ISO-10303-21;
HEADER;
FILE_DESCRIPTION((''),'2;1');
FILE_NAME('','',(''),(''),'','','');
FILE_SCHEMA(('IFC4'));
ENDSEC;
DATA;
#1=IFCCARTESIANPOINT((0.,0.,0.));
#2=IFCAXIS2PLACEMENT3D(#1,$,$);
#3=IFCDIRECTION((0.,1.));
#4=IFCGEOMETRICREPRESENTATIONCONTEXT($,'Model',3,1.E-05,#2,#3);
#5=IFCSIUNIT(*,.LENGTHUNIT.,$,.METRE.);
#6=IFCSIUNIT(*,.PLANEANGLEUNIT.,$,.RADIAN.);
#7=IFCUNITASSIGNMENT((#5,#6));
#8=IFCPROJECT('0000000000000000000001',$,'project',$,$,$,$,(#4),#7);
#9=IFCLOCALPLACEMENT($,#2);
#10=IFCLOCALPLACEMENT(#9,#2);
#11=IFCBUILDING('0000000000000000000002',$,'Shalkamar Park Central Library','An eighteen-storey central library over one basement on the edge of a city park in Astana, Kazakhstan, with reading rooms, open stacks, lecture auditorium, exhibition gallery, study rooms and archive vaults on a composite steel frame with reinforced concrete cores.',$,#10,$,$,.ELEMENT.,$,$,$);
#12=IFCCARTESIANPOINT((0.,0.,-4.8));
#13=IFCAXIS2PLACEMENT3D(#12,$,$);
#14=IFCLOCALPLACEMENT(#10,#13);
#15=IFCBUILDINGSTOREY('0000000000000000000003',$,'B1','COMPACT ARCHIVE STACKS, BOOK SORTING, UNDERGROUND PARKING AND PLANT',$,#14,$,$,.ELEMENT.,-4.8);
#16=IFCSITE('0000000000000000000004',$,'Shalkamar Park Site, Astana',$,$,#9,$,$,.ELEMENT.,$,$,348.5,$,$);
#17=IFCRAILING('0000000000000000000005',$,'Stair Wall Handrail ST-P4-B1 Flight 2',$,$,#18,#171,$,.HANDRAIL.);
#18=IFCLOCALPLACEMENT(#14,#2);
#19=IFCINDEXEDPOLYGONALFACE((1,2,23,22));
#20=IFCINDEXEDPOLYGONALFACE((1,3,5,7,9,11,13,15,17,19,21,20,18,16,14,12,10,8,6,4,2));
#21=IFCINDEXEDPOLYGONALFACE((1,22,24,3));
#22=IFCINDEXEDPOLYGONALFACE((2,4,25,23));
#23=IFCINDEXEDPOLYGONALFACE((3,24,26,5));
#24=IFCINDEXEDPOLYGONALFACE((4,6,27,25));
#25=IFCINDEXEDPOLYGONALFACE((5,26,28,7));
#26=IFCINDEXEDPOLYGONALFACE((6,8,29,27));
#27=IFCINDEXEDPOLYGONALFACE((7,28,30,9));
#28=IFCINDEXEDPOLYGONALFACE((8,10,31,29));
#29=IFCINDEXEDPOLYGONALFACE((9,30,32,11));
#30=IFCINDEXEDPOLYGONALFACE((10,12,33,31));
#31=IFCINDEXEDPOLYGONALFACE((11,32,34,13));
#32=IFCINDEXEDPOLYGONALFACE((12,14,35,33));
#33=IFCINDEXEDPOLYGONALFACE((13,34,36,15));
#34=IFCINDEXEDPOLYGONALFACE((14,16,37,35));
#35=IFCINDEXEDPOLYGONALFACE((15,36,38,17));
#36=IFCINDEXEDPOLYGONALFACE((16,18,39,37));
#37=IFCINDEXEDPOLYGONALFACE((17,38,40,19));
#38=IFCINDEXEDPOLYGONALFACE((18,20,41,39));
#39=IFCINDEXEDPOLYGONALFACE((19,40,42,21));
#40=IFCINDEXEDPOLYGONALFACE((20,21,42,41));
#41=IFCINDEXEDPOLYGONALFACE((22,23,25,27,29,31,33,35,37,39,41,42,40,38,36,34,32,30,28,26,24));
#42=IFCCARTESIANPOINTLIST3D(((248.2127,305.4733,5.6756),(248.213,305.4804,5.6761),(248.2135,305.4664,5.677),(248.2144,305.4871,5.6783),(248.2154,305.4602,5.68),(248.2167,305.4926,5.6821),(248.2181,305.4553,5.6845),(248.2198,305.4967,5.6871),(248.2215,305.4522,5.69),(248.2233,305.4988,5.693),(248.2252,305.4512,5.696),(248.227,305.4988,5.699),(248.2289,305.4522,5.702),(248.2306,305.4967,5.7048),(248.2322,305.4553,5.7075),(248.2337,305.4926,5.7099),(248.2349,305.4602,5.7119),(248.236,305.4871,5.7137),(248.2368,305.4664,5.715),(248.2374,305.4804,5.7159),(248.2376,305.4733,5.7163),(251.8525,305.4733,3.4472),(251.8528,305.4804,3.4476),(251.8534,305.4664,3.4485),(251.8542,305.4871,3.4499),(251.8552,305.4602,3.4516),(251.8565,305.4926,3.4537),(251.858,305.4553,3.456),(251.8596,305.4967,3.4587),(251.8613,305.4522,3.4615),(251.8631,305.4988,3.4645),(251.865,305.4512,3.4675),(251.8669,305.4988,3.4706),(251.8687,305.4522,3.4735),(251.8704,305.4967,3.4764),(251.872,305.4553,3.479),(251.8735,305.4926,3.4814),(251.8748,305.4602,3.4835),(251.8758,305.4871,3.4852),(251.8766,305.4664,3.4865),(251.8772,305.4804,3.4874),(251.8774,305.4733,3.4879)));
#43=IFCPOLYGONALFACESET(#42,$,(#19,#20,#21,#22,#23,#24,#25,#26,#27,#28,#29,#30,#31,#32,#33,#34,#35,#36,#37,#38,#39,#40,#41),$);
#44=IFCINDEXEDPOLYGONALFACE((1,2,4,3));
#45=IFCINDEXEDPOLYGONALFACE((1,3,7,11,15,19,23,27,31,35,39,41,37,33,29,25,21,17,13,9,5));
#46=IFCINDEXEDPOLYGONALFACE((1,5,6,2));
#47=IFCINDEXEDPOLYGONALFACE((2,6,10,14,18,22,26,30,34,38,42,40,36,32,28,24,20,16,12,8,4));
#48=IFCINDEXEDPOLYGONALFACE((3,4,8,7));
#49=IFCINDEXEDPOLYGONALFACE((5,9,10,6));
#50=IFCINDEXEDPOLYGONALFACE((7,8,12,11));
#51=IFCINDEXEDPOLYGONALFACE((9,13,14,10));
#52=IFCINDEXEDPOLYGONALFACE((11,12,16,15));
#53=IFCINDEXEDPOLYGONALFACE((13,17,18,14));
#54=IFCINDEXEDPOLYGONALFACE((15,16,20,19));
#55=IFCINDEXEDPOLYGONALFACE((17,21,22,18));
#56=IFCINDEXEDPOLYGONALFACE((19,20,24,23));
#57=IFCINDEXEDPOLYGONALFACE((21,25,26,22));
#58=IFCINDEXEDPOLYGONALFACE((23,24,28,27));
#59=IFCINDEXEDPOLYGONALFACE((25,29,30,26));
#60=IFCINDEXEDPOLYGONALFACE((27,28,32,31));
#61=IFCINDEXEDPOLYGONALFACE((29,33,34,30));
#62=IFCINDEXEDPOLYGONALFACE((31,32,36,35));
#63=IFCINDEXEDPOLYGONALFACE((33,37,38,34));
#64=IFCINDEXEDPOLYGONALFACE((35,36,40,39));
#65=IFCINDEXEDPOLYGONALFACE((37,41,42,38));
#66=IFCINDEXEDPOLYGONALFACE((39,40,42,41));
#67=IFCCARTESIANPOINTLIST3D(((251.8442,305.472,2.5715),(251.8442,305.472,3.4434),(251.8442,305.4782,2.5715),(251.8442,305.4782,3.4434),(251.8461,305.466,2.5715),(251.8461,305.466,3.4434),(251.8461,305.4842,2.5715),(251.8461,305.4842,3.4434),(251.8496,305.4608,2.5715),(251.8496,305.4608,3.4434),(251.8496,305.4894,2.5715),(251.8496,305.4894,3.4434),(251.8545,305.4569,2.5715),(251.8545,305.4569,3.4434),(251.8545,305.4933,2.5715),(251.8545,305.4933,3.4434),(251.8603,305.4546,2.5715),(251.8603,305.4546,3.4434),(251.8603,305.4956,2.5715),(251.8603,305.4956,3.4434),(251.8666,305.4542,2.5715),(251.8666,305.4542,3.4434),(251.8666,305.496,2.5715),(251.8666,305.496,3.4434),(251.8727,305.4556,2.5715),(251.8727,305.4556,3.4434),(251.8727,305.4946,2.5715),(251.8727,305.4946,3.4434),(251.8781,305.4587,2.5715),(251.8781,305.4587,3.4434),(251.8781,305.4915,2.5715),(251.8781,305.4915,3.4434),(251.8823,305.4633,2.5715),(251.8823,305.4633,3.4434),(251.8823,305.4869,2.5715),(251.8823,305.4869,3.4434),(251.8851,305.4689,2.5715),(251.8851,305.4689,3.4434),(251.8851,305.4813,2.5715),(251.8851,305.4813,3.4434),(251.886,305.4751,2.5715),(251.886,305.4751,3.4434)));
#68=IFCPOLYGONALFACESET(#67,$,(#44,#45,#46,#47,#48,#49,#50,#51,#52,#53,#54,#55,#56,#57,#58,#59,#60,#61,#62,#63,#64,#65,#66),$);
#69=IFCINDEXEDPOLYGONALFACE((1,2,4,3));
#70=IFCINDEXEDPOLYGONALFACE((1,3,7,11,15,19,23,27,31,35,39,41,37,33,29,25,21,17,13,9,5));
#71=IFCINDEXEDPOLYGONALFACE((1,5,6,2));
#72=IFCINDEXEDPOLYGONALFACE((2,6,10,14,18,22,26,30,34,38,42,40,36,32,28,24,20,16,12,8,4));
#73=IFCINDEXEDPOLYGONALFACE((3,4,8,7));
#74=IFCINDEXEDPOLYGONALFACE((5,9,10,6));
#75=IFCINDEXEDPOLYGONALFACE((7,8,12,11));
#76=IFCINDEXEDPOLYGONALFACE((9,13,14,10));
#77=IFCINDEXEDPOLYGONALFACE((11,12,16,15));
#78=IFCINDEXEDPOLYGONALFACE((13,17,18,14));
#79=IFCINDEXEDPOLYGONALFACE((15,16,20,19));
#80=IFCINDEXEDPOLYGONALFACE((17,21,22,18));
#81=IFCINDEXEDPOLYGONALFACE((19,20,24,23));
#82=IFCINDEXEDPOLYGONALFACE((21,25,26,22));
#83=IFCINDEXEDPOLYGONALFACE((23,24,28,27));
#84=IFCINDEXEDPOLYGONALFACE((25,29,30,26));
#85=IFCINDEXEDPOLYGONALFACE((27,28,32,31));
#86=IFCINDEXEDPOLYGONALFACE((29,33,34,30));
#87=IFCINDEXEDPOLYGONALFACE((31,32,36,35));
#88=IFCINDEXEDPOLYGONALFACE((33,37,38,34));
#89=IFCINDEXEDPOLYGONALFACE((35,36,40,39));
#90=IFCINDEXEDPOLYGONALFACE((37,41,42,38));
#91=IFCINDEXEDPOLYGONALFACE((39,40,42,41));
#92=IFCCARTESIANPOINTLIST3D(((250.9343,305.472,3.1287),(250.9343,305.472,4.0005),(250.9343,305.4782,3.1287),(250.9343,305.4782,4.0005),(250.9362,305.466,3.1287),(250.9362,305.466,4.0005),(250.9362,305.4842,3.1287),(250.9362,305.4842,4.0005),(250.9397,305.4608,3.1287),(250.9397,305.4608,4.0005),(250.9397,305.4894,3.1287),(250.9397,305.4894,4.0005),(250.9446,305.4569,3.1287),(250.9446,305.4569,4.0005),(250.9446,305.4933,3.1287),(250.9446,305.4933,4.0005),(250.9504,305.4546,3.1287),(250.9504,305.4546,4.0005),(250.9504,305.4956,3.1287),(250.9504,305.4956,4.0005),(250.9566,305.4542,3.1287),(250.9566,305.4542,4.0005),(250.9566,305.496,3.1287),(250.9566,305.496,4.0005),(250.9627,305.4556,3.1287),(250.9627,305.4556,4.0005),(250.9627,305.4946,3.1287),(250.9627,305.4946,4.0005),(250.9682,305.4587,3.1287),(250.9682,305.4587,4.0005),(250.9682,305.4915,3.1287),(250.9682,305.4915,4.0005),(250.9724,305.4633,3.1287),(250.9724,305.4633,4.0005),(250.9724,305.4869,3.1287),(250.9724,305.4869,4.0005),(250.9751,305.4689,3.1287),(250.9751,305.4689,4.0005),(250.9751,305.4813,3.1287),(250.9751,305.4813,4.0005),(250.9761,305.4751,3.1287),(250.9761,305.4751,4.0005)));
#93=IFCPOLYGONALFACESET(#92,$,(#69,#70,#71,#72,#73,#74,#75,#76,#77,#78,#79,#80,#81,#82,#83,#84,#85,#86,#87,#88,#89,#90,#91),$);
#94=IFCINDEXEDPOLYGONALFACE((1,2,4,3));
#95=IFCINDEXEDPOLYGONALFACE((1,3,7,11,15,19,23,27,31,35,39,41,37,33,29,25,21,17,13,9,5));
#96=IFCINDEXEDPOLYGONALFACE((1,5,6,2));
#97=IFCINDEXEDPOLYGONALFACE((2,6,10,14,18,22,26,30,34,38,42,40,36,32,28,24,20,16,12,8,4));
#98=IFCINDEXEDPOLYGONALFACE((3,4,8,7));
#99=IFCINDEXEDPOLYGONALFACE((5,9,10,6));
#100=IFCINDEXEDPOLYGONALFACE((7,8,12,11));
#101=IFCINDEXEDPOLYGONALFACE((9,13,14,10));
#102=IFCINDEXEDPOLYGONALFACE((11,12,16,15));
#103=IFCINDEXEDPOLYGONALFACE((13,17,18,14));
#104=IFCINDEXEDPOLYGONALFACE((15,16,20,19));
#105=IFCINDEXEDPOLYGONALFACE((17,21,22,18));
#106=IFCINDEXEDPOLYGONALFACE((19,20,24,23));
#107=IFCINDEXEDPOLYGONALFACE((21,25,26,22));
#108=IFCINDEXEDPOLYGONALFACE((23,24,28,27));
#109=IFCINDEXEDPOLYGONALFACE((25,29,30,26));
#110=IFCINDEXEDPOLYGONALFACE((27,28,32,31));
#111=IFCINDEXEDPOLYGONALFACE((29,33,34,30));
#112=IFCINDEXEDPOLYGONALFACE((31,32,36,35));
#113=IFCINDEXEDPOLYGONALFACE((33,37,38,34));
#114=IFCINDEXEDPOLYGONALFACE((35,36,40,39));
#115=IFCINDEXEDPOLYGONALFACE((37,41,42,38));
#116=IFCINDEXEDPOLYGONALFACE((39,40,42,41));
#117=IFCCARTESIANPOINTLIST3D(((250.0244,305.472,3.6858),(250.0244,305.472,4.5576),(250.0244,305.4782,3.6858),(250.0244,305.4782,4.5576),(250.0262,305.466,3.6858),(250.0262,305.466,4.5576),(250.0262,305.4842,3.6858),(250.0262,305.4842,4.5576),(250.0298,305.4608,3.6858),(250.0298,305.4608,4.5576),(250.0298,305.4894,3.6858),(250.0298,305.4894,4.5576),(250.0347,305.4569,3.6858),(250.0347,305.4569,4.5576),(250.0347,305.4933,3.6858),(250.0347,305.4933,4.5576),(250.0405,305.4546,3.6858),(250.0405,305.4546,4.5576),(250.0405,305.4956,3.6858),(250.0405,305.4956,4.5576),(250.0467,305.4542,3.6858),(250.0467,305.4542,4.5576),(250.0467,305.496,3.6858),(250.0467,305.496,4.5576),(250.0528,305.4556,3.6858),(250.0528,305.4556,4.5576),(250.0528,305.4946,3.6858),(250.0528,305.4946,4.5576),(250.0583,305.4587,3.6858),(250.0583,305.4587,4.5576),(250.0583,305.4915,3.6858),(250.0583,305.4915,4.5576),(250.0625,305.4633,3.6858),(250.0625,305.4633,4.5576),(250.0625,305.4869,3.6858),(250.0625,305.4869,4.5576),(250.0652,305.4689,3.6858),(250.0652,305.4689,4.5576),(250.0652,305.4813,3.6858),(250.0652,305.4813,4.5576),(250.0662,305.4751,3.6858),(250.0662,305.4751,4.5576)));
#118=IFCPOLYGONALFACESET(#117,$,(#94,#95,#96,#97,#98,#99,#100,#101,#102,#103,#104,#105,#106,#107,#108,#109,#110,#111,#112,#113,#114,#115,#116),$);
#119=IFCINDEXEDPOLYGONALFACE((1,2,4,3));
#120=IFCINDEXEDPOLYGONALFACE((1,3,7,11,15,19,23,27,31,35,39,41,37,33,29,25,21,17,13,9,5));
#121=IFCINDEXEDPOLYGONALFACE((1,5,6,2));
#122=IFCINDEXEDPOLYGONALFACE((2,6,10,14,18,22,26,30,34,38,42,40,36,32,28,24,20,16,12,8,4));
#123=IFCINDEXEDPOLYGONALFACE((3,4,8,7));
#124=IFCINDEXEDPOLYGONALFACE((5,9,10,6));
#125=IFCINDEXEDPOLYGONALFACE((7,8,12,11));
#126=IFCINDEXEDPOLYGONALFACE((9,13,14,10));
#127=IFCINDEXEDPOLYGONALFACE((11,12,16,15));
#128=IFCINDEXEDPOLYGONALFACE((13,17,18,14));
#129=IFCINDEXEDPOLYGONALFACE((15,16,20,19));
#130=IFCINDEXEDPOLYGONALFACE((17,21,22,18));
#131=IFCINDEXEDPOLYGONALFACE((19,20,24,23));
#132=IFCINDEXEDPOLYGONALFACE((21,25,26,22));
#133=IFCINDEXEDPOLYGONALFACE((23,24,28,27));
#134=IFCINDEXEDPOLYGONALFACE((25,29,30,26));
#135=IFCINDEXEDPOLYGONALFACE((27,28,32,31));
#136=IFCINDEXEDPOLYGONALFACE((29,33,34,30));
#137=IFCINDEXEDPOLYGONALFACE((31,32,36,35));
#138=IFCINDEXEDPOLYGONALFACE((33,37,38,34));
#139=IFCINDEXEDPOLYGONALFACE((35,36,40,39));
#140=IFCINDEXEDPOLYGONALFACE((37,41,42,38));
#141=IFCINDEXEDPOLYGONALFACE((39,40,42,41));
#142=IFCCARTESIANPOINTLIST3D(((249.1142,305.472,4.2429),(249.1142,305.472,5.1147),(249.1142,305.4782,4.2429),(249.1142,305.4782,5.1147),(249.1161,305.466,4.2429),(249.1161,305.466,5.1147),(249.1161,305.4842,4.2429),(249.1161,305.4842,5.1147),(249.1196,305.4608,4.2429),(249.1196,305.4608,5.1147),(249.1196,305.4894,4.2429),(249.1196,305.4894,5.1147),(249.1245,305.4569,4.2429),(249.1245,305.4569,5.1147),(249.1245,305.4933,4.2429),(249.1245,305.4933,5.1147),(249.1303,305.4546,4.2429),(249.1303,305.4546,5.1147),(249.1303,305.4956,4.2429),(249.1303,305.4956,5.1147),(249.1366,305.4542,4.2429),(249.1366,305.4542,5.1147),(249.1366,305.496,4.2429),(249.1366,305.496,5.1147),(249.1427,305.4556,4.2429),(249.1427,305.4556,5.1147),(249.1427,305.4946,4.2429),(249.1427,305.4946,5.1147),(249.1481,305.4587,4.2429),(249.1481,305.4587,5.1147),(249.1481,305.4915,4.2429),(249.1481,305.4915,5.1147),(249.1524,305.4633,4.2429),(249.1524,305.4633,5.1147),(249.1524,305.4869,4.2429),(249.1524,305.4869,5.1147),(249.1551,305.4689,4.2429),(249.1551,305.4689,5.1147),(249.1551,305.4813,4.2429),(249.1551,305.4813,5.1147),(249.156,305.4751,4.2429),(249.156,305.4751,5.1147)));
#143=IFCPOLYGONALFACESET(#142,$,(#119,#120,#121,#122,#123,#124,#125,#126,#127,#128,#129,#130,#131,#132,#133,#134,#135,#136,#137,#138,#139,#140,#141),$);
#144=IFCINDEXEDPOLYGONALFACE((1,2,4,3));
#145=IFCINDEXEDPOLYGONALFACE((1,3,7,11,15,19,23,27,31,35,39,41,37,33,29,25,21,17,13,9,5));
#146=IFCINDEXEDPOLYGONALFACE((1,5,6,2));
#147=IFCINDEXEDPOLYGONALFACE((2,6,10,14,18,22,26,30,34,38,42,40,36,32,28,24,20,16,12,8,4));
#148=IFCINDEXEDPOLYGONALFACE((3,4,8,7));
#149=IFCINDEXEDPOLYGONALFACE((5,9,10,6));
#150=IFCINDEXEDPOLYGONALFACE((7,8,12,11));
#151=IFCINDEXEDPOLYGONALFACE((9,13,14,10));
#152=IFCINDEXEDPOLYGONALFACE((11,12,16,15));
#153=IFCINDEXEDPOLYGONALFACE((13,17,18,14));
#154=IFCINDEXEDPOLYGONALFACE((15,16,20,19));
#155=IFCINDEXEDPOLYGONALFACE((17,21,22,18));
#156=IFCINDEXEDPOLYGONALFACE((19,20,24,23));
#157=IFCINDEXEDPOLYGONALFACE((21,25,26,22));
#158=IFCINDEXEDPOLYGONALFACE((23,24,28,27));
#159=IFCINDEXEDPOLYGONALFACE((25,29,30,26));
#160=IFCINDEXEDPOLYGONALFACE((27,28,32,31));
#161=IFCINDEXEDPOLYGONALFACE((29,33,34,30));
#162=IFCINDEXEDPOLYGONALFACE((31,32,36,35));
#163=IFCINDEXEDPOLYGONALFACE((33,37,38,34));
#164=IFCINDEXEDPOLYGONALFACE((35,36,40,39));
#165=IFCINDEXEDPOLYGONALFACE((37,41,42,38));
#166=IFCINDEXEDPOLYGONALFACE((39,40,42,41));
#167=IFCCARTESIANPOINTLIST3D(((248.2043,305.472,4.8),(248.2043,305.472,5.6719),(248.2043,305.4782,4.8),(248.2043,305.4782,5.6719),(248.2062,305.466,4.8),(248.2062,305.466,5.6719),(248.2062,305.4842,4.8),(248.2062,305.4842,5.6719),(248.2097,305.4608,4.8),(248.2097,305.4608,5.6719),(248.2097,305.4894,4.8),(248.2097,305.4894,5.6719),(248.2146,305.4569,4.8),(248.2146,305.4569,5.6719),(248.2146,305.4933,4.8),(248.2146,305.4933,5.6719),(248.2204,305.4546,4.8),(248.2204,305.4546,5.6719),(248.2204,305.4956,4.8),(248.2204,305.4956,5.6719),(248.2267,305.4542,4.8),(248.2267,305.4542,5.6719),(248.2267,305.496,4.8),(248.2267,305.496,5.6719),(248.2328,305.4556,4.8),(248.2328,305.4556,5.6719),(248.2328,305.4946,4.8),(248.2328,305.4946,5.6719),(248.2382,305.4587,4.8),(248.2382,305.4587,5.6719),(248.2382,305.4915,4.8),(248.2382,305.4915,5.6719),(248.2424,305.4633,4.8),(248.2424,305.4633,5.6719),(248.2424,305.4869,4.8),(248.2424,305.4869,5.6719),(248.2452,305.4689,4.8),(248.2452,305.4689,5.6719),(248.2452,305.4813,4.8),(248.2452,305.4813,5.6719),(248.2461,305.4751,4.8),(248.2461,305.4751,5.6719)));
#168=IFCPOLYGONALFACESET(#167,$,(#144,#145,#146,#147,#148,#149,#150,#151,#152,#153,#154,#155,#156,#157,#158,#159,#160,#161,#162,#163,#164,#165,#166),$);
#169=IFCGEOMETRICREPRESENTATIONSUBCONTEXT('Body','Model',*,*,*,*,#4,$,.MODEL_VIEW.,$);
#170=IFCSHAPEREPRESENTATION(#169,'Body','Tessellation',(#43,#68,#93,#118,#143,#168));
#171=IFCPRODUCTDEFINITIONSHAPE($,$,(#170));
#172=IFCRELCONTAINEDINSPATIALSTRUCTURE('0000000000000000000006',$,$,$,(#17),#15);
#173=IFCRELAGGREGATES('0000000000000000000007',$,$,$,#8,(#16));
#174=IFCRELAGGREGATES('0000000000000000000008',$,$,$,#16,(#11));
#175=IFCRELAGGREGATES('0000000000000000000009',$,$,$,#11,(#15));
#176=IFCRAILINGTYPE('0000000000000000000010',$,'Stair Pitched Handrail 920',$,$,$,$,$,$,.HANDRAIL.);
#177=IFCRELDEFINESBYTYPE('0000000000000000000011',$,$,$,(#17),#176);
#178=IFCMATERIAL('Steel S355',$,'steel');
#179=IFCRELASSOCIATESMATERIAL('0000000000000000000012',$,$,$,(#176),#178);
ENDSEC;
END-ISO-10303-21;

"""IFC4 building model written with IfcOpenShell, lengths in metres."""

from ifc_helpers import new_model, si_unit, direction, frame, origin, origin_2d, place, context, subcontext, project, spatial, circle, extrude, material, type_object, element, save


model = new_model("IFC4")

# Units and contexts
model_context = context("Model", 3, precision=1e-05, world=origin(), true_north=direction((0.0, 1.0)))
body_context = subcontext(model_context, "Body", "Model", "MODEL_VIEW")
ifc_project = project(units=[si_unit("LENGTHUNIT", "METRE"), si_unit("PLANEANGLEUNIT", "RADIAN")], contexts=[model_context])

# Site, building, storey
site_placement = place(None, origin())
site = spatial("IfcSite", under=ifc_project, at=site_placement, Name="Shalkamar Park Site, Astana", CompositionType="ELEMENT", RefElevation=348.5)
building_placement = place(site_placement, origin())
building = spatial("IfcBuilding", under=site, at=building_placement, Name="Shalkamar Park Central Library", Description="An eighteen-storey central library over one basement on the edge of a city park in Astana, Kazakhstan, with reading rooms, open stacks, lecture auditorium, exhibition gallery, study rooms and archive vaults on a composite steel frame with reinforced concrete cores.", CompositionType="ELEMENT")
storey_placement = place(building_placement, frame((0.0, 0.0, -4.8)))
storey = spatial("IfcBuildingStorey", under=building, at=storey_placement, Name="B1", Description="COMPACT ARCHIVE STACKS, BOOK SORTING, UNDERGROUND PARKING AND PLANT", CompositionType="ELEMENT", Elevation=-4.8)

# Shared definitions
ifc_material_1 = material(Name="Steel S355", Category="steel")

# Railing
railing_type_1 = type_object("IfcRailingType", Name="Stair Pitched Handrail 920", PredefinedType="HANDRAIL", material=ifc_material_1)
railing_1_placement = place(storey_placement, frame((251.865, 305.4751, 2.5715)))
element("IfcRailing", 1, at=railing_1_placement, inside=storey, type_object=railing_type_1, Name="Stair Wall Handrail ST-P4-B1 Flight 2", PredefinedType="HANDRAIL", context=body_context, shape_type="SweptSolid", body=[
    extrude(circle(Radius=0.0239, at=origin_2d()), frame((0.0, 0.0, 0.896), z_axis=(-0.85285, 0.0, 0.522156), x_axis=(0.0, -1.0, 0.0)), (0.0, 0.0, 1.0), 4.2678),
    extrude(circle(Radius=0.021, at=origin_2d()), origin(), (0.0, 0.0, 1.0), 0.8718),
    extrude(circle(Radius=0.021, at=origin_2d()), frame((-0.9099, 0.0, 0.5571)), (0.0, 0.0, 1.0), 0.8718),
    extrude(circle(Radius=0.021, at=origin_2d()), frame((-1.8198, 0.0, 1.1143)), (0.0, 0.0, 1.0), 0.8718),
    extrude(circle(Radius=0.021, at=origin_2d()), frame((-2.73, 0.0, 1.6714)), (0.0, 0.0, 1.0), 0.8718),
    extrude(circle(Radius=0.021, at=origin_2d()), frame((-3.6399, 0.0, 2.2285)), (0.0, 0.0, 1.0), 0.8718),
])

save(model, "model.ifc")
